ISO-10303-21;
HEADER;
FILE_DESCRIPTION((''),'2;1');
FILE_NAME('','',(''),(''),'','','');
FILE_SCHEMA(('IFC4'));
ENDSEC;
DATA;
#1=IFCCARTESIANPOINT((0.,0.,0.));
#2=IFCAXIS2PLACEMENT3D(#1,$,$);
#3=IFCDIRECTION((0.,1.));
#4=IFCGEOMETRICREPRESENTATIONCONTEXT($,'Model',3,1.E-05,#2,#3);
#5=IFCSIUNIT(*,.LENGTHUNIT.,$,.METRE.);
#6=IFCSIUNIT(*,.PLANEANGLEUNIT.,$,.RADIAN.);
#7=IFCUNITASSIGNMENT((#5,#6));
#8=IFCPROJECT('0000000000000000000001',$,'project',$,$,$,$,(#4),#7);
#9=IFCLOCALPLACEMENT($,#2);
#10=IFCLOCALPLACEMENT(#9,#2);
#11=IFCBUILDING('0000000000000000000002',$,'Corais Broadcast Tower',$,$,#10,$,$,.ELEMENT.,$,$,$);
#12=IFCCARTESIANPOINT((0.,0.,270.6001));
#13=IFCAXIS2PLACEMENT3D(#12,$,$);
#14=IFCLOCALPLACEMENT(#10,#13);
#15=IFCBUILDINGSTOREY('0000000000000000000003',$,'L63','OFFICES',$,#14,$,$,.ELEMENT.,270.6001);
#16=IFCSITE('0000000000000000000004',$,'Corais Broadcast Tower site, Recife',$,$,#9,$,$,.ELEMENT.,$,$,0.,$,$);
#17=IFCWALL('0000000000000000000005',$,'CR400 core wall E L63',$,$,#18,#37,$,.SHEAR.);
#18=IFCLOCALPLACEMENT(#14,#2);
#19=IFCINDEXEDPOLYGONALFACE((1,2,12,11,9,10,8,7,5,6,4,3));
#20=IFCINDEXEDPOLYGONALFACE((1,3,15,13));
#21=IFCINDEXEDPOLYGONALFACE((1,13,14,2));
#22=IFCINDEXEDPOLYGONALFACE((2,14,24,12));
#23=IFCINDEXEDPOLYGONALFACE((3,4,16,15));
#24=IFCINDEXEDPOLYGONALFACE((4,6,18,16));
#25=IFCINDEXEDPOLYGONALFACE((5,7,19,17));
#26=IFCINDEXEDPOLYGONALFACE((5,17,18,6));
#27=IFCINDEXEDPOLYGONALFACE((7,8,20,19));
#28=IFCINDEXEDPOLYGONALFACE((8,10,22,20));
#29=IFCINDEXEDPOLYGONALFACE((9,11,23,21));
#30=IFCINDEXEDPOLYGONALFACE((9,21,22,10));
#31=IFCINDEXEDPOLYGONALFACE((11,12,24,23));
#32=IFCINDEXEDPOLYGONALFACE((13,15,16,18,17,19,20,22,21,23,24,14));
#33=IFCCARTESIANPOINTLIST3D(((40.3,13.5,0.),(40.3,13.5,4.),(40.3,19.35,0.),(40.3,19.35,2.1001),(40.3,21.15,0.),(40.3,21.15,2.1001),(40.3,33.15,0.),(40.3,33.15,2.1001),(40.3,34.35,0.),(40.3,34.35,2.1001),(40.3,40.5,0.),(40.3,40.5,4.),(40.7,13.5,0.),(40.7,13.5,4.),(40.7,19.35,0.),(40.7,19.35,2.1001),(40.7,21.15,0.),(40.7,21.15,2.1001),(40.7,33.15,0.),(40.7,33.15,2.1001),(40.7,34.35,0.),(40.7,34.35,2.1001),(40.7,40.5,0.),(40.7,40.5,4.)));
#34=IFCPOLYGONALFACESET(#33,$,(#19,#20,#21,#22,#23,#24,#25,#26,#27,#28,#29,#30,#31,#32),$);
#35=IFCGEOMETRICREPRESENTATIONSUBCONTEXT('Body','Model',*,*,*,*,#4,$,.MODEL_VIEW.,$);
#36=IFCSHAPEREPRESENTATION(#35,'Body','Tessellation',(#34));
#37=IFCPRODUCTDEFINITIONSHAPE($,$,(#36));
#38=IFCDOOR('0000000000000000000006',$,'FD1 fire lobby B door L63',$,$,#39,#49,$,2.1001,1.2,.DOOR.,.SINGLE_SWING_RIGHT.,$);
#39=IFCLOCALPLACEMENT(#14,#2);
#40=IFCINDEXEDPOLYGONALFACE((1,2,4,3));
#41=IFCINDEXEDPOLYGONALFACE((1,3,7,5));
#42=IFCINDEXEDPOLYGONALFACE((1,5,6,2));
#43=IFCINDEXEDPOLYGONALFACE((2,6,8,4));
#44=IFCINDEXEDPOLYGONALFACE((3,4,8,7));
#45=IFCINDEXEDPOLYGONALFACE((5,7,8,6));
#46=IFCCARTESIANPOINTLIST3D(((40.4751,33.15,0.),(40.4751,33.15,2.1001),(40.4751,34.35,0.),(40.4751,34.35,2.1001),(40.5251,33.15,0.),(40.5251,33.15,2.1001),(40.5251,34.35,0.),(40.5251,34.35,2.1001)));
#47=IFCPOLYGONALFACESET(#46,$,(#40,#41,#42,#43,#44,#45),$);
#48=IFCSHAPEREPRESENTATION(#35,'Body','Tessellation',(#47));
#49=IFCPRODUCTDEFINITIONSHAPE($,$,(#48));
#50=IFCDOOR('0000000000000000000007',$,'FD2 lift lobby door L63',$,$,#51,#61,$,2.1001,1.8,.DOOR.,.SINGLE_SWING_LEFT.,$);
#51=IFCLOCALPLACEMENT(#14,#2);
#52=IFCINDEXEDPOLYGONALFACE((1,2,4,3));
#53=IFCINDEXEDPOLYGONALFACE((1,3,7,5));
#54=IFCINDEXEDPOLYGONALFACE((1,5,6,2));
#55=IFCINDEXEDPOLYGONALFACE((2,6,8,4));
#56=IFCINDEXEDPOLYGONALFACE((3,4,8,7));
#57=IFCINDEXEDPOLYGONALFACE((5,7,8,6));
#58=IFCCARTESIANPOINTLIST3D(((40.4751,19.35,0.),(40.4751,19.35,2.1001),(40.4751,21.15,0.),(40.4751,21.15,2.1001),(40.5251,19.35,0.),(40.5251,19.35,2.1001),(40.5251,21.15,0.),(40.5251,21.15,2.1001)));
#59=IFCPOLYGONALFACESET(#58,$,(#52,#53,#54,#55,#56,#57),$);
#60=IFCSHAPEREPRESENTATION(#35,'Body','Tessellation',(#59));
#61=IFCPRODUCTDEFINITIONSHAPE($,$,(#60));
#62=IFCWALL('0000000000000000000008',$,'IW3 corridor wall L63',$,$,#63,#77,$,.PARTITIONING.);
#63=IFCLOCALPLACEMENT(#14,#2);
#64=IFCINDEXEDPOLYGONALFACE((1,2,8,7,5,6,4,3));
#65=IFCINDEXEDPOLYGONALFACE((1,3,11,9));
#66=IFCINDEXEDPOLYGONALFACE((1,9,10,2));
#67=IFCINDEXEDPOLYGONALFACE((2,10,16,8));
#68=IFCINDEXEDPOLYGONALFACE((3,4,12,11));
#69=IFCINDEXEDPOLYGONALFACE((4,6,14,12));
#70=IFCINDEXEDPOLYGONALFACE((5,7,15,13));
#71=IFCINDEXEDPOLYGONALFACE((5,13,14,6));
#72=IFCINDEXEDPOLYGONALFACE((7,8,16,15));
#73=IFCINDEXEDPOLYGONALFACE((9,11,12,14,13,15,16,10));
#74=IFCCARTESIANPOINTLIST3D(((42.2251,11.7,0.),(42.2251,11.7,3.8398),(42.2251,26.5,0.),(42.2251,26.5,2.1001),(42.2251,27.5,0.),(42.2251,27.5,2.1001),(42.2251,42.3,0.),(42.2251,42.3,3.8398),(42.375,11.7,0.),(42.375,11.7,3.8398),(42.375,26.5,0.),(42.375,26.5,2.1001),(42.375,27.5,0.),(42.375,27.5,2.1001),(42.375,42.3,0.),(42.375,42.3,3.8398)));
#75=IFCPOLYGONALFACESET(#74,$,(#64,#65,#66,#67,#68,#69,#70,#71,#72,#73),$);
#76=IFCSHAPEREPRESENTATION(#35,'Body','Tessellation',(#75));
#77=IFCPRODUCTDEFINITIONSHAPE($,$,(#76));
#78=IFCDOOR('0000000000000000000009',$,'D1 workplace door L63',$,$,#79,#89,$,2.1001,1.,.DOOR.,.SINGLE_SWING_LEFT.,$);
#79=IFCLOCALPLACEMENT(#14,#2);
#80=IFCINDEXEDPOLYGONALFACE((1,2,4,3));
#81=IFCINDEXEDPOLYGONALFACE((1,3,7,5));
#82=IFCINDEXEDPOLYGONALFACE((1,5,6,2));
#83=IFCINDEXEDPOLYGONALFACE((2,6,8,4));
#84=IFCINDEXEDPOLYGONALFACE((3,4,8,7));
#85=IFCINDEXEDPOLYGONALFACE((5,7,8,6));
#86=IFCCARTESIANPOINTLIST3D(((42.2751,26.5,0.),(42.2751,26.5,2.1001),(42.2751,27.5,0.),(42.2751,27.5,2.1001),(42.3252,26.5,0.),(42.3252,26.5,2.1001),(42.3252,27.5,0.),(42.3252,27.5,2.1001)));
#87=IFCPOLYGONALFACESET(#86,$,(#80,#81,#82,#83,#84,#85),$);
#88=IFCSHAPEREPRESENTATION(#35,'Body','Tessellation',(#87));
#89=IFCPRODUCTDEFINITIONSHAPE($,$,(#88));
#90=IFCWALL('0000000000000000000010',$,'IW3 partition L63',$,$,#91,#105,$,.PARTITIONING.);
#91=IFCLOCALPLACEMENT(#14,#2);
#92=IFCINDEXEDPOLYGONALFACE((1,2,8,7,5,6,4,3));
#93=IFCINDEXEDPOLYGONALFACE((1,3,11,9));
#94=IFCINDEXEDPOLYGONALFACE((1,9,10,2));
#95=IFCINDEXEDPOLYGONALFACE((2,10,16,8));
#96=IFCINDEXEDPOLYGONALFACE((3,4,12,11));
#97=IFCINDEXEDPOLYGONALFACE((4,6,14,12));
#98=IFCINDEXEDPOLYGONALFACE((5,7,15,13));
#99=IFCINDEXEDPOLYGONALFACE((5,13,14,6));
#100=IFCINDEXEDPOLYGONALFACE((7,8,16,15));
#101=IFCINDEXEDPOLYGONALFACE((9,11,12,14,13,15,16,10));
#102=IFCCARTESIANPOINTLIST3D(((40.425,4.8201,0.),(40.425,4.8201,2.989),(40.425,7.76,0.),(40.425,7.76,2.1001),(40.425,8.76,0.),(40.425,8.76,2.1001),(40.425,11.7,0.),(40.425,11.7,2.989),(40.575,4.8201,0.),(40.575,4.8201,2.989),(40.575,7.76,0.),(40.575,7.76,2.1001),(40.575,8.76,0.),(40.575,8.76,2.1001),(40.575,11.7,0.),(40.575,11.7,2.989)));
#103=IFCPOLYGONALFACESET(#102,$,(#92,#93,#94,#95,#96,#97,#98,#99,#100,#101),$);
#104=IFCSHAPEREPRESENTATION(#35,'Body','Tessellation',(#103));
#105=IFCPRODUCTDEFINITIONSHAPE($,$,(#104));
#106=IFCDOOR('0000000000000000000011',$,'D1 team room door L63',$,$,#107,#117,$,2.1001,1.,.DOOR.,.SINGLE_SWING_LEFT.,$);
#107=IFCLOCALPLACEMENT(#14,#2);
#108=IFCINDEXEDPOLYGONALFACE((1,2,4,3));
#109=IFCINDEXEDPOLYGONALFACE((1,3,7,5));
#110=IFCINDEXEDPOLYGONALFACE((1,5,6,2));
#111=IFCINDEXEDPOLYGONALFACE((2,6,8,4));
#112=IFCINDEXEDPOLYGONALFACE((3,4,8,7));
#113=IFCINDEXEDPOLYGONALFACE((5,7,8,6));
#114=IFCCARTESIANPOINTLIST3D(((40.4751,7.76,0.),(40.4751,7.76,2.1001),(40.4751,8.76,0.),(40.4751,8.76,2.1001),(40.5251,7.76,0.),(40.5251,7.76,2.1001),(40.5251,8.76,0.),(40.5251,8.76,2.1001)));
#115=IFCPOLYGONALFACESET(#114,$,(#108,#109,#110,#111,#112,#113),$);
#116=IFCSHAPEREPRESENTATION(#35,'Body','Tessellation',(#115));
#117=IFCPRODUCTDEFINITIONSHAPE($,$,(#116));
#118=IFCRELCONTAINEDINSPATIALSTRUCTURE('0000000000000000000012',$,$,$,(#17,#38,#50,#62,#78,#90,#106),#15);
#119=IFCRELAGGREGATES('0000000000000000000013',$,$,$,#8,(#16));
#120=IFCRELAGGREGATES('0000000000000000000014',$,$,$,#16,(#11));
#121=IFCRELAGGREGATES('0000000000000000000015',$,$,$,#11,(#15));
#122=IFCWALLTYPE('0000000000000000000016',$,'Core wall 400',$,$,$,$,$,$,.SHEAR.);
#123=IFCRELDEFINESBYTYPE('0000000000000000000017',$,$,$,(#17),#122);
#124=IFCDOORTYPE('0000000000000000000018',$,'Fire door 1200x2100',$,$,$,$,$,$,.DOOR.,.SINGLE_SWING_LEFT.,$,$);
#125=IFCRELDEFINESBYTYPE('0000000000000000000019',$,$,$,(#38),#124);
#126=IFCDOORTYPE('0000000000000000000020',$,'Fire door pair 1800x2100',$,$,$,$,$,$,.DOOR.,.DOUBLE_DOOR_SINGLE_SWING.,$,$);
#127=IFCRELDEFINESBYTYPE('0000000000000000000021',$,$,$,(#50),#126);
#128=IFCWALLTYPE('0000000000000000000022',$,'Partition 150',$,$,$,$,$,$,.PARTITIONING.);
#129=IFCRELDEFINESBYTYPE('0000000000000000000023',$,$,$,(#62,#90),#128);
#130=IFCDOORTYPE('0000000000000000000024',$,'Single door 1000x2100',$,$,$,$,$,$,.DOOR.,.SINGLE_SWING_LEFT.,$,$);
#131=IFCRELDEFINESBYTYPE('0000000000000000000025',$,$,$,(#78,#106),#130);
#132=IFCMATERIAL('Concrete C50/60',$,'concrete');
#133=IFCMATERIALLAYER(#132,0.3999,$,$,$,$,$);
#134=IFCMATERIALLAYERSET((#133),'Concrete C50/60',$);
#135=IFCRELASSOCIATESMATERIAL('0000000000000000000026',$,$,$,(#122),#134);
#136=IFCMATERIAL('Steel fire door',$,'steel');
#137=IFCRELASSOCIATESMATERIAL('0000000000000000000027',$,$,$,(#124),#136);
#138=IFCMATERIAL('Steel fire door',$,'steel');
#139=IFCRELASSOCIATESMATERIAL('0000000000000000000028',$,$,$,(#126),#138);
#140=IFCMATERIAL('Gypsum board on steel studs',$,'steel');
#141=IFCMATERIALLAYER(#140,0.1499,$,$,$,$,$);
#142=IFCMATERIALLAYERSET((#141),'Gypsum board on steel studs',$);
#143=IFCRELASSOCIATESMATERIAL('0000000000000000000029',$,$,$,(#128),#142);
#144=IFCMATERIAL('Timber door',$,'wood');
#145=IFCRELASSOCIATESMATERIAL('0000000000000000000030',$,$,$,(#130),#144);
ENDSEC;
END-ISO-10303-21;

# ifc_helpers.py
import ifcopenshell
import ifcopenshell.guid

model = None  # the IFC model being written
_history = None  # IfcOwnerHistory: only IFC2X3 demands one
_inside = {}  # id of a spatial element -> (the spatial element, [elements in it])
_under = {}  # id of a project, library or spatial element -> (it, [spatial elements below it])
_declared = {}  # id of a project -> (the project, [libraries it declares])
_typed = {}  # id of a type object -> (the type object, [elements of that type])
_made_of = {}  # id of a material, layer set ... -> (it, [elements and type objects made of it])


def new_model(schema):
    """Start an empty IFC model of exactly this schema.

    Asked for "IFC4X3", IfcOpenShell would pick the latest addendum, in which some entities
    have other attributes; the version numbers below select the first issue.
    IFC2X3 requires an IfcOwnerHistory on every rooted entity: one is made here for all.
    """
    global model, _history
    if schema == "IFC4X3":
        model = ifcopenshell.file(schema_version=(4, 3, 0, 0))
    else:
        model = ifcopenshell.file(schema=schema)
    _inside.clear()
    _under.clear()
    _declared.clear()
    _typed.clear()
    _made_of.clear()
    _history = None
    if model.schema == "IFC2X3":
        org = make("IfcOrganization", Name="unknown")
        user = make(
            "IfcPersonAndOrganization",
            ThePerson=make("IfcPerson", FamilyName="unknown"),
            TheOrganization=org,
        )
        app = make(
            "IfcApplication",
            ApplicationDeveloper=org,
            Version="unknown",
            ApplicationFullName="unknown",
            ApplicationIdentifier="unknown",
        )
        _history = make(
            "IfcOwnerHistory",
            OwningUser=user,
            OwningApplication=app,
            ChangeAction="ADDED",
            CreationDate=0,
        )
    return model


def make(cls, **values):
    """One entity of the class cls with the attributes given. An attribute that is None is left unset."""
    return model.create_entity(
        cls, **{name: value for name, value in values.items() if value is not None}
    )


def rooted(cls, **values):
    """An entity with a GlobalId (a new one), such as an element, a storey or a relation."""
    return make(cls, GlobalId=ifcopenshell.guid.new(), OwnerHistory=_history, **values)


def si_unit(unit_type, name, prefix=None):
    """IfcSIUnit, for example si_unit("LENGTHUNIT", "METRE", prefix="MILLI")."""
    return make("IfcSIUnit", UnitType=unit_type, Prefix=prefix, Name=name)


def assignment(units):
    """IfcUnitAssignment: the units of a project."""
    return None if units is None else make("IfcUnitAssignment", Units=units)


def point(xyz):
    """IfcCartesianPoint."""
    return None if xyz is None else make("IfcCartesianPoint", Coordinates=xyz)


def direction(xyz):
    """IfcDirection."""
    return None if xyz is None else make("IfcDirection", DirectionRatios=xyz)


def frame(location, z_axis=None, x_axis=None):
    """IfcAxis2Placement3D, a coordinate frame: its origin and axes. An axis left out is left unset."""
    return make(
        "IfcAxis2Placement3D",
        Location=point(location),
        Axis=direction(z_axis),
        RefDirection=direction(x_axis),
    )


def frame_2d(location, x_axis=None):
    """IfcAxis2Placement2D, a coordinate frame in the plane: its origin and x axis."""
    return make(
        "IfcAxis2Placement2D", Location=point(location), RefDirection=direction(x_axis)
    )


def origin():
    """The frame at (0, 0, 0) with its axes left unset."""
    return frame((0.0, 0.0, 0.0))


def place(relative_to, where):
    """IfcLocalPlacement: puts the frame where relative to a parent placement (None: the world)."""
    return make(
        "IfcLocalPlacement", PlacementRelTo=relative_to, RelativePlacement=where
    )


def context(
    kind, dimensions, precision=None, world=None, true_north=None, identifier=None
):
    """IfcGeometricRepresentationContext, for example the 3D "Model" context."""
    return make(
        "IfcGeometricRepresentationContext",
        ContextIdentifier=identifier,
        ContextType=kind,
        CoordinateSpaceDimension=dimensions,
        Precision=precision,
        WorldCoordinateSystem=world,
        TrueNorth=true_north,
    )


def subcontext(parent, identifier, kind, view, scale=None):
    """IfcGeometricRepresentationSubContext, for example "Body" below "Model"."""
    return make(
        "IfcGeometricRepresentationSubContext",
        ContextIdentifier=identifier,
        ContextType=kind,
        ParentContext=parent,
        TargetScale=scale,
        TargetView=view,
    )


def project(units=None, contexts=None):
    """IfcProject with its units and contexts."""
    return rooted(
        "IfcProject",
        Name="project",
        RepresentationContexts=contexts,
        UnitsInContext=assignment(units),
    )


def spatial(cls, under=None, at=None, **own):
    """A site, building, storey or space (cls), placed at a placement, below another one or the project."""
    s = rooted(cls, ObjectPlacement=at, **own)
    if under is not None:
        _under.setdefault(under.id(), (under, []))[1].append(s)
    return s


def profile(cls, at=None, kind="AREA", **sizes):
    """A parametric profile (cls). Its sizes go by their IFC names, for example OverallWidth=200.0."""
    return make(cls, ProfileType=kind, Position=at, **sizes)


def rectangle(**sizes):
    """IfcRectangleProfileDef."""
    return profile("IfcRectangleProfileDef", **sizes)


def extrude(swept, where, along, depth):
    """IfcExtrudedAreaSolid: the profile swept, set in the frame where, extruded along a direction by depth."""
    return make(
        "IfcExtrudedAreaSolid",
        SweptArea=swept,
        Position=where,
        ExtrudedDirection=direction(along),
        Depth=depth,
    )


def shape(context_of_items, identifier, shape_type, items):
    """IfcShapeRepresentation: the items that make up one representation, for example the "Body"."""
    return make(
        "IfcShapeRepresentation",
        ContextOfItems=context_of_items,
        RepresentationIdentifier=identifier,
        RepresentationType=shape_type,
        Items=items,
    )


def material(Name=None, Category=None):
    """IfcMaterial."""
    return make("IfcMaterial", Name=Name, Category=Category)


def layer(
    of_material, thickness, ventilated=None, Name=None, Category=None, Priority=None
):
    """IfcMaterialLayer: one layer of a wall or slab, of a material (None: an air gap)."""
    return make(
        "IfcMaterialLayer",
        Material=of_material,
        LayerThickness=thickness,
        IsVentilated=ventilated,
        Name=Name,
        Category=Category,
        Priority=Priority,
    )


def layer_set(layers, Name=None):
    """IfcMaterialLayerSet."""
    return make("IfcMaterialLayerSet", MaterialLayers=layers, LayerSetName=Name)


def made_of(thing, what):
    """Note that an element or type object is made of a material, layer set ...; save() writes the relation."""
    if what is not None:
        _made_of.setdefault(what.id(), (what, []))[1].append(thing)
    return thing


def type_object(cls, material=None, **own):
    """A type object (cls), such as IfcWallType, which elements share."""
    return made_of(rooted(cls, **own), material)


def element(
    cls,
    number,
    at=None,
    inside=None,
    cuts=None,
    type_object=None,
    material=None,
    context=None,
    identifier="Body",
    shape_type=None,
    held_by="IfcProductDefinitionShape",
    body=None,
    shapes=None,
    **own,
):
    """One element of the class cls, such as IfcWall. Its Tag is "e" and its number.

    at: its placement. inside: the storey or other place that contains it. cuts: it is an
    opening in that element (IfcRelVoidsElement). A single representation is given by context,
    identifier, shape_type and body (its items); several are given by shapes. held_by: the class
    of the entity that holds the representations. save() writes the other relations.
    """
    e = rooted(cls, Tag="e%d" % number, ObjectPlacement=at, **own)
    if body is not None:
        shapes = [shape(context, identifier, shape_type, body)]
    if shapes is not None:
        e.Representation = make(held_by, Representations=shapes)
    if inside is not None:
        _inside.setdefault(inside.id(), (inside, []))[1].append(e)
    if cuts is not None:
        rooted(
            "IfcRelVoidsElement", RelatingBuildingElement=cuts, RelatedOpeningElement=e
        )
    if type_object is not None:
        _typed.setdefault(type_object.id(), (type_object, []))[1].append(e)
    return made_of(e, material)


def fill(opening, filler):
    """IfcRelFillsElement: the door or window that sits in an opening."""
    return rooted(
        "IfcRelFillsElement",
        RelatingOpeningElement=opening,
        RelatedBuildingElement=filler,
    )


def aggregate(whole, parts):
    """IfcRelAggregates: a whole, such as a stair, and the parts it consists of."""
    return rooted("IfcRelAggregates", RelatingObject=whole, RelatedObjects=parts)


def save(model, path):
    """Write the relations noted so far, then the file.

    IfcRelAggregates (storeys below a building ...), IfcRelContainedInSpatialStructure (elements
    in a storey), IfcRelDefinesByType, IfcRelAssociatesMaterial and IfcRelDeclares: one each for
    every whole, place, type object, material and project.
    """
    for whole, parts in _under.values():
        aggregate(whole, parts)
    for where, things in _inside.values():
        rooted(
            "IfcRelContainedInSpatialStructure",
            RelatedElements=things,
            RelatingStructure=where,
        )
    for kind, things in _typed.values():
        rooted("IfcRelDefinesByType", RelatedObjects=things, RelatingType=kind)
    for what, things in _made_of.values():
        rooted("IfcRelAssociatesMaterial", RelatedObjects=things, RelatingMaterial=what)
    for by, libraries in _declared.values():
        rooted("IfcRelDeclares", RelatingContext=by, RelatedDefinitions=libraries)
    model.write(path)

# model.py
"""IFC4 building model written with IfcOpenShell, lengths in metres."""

from ifc_helpers import new_model, si_unit, direction, frame, frame_2d, origin, place, context, subcontext, project, spatial, rectangle, extrude, material, layer, layer_set, type_object, element, fill, save


model = new_model("IFC4")

# Units and contexts
model_context = context("Model", 3, precision=1e-05, world=origin(), true_north=direction((0.0, 1.0)))
body_context = subcontext(model_context, "Body", "Model", "MODEL_VIEW")
ifc_project = project(units=[si_unit("LENGTHUNIT", "METRE"), si_unit("PLANEANGLEUNIT", "RADIAN")], contexts=[model_context])

# Site, building, storey
site_placement = place(None, origin())
site = spatial("IfcSite", under=ifc_project, at=site_placement, Name="Corais Broadcast Tower site, Recife", CompositionType="ELEMENT", RefElevation=0.0)
building_placement = place(site_placement, origin())
building = spatial("IfcBuilding", under=site, at=building_placement, Name="Corais Broadcast Tower", CompositionType="ELEMENT")
storey_placement = place(building_placement, frame((0.0, 0.0, 270.6001)))
storey = spatial("IfcBuildingStorey", under=building, at=storey_placement, Name="L63", Description="OFFICES", CompositionType="ELEMENT", Elevation=270.6001)

# Wall, openings, doors
ifc_material_1 = material(Name="Concrete C50/60", Category="concrete")
ifc_layer_1 = layer(ifc_material_1, 0.3999)
ifc_layer_set_1 = layer_set([ifc_layer_1], Name="Concrete C50/60")
wall_type_1 = type_object("IfcWallType", Name="Core wall 400", PredefinedType="SHEAR", material=ifc_layer_set_1)
wall_1_placement = place(storey_placement, frame((40.5, 13.5, 0.0), z_axis=(0.0, 0.0, 1.0), x_axis=(0.0, 1.0, 0.0)))
wall_1 = element("IfcWall", 1, at=wall_1_placement, inside=storey, type_object=wall_type_1, Name="CR400 core wall E L63", PredefinedType="SHEAR", context=body_context, shape_type="SweptSolid", body=[
    extrude(rectangle(XDim=27.0, YDim=0.3999, at=frame_2d((13.5, 0.0))), origin(), (0.0, 0.0, 1.0), 4.0),
])
opening_1_placement = place(wall_1_placement, frame((5.8501, 0.0, 0.0)))
opening_1 = element("IfcOpeningElement", 2, at=opening_1_placement, cuts=wall_1, PredefinedType="OPENING", context=body_context, shape_type="SweptSolid", body=[
    extrude(rectangle(XDim=1.8, YDim=2.1001, at=frame_2d((0.8999, 1.05))), frame((0.0, 0.21, 0.0), z_axis=(0.0, -1.0, 0.0), x_axis=(1.0, 0.0, 0.0)), (0.0, 0.0, 1.0), 0.4199),
])
opening_2_placement = place(wall_1_placement, frame((19.6499, 0.0, 0.0)))
opening_2 = element("IfcOpeningElement", 3, at=opening_2_placement, cuts=wall_1, PredefinedType="OPENING", context=body_context, shape_type="SweptSolid", body=[
    extrude(rectangle(XDim=1.2, YDim=2.1001, at=frame_2d((0.6001, 1.05))), frame((0.0, 0.21, 0.0), z_axis=(0.0, -1.0, 0.0), x_axis=(1.0, 0.0, 0.0)), (0.0, 0.0, 1.0), 0.4199),
])
ifc_material_2 = material(Name="Steel fire door", Category="steel")
door_type_1 = type_object("IfcDoorType", Name="Fire door 1200x2100", OperationType="SINGLE_SWING_LEFT", PredefinedType="DOOR", material=ifc_material_2)
door_1_placement = place(opening_2_placement, origin())
door_1 = element("IfcDoor", 4, at=door_1_placement, inside=storey, type_object=door_type_1, Name="FD1 fire lobby B door L63", OperationType="SINGLE_SWING_RIGHT", OverallHeight=2.1001, OverallWidth=1.2, PredefinedType="DOOR", context=body_context, shape_type="SweptSolid", body=[
    extrude(rectangle(XDim=1.2, YDim=2.1001, at=frame_2d((0.6001, 1.05))), frame((0.0, 0.0249, 0.0), z_axis=(0.0, -1.0, 0.0), x_axis=(1.0, 0.0, 0.0)), (0.0, 0.0, 1.0), 0.05),
])
fill(opening_2, door_1)
ifc_material_3 = material(Name="Steel fire door", Category="steel")
door_type_2 = type_object("IfcDoorType", Name="Fire door pair 1800x2100", OperationType="DOUBLE_DOOR_SINGLE_SWING", PredefinedType="DOOR", material=ifc_material_3)
door_2_placement = place(opening_1_placement, origin())
door_2 = element("IfcDoor", 5, at=door_2_placement, inside=storey, type_object=door_type_2, Name="FD2 lift lobby door L63", OperationType="SINGLE_SWING_LEFT", OverallHeight=2.1001, OverallWidth=1.8, PredefinedType="DOOR", context=body_context, shape_type="SweptSolid", body=[
    extrude(rectangle(XDim=1.8, YDim=2.1001, at=frame_2d((0.8999, 1.05))), frame((0.0, 0.0249, 0.0), z_axis=(0.0, -1.0, 0.0), x_axis=(1.0, 0.0, 0.0)), (0.0, 0.0, 1.0), 0.05),
])
fill(opening_1, door_2)

# Walls, openings, doors
ifc_material_4 = material(Name="Gypsum board on steel studs", Category="steel")
ifc_layer_2 = layer(ifc_material_4, 0.1499)
ifc_layer_set_2 = layer_set([ifc_layer_2], Name="Gypsum board on steel studs")
wall_type_2 = type_object("IfcWallType", Name="Partition 150", PredefinedType="PARTITIONING", material=ifc_layer_set_2)
wall_2_placement = place(storey_placement, frame((42.3, 11.7, 0.0), z_axis=(0.0, 0.0, 1.0), x_axis=(0.0, 1.0, 0.0)))
wall_2 = element("IfcWall", 6, at=wall_2_placement, inside=storey, type_object=wall_type_2, Name="IW3 corridor wall L63", PredefinedType="PARTITIONING", context=body_context, shape_type="SweptSolid", body=[
    extrude(rectangle(XDim=30.6001, YDim=0.1499, at=frame_2d((15.3, 0.0))), origin(), (0.0, 0.0, 1.0), 3.8398),
])
opening_3_placement = place(wall_2_placement, frame((14.8, 0.0, 0.0)))
opening_3 = element("IfcOpeningElement", 7, at=opening_3_placement, cuts=wall_2, PredefinedType="OPENING", context=body_context, shape_type="SweptSolid", body=[
    extrude(rectangle(XDim=1.0, YDim=2.1001, at=frame_2d((0.5, 1.05))), frame((0.0, 0.085, 0.0), z_axis=(0.0, -1.0, 0.0), x_axis=(1.0, 0.0, 0.0)), (0.0, 0.0, 1.0), 0.1699),
])
ifc_material_5 = material(Name="Timber door", Category="wood")
door_type_3 = type_object("IfcDoorType", Name="Single door 1000x2100", OperationType="SINGLE_SWING_LEFT", PredefinedType="DOOR", material=ifc_material_5)
door_3_placement = place(opening_3_placement, origin())
door_3 = element("IfcDoor", 8, at=door_3_placement, inside=storey, type_object=door_type_3, Name="D1 workplace door L63", OperationType="SINGLE_SWING_LEFT", OverallHeight=2.1001, OverallWidth=1.0, PredefinedType="DOOR", context=body_context, shape_type="SweptSolid", body=[
    extrude(rectangle(XDim=1.0, YDim=2.1001, at=frame_2d((0.5, 1.05))), frame((0.0, 0.0249, 0.0), z_axis=(0.0, -1.0, 0.0), x_axis=(1.0, 0.0, 0.0)), (0.0, 0.0, 1.0), 0.05),
])
fill(opening_3, door_3)
wall_3_placement = place(storey_placement, frame((40.5, 4.8201, 0.0), z_axis=(0.0, 0.0, 1.0), x_axis=(0.0, 1.0, 0.0)))
wall_3 = element("IfcWall", 9, at=wall_3_placement, inside=storey, type_object=wall_type_2, Name="IW3 partition L63", PredefinedType="PARTITIONING", context=body_context, shape_type="SweptSolid", body=[
    extrude(rectangle(XDim=6.8799, YDim=0.1499, at=frame_2d((3.4399, 0.0))), origin(), (0.0, 0.0, 1.0), 2.989),
])
opening_4_placement = place(wall_3_placement, frame((2.9399, 0.0, 0.0)))
opening_4 = element("IfcOpeningElement", 10, at=opening_4_placement, cuts=wall_3, PredefinedType="OPENING", context=body_context, shape_type="SweptSolid", body=[
    extrude(rectangle(XDim=1.0, YDim=2.1001, at=frame_2d((0.5, 1.05))), frame((0.0, 0.085, 0.0), z_axis=(0.0, -1.0, 0.0), x_axis=(1.0, 0.0, 0.0)), (0.0, 0.0, 1.0), 0.1699),
])
door_4_placement = place(opening_4_placement, origin())
door_4 = element("IfcDoor", 11, at=door_4_placement, inside=storey, type_object=door_type_3, Name="D1 team room door L63", OperationType="SINGLE_SWING_LEFT", OverallHeight=2.1001, OverallWidth=1.0, PredefinedType="DOOR", context=body_context, shape_type="SweptSolid", body=[
    extrude(rectangle(XDim=1.0, YDim=2.1001, at=frame_2d((0.5, 1.05))), frame((0.0, 0.0249, 0.0), z_axis=(0.0, -1.0, 0.0), x_axis=(1.0, 0.0, 0.0)), (0.0, 0.0, 1.0), 0.05),
])
fill(opening_4, door_4)

save(model, "model.ifc")
